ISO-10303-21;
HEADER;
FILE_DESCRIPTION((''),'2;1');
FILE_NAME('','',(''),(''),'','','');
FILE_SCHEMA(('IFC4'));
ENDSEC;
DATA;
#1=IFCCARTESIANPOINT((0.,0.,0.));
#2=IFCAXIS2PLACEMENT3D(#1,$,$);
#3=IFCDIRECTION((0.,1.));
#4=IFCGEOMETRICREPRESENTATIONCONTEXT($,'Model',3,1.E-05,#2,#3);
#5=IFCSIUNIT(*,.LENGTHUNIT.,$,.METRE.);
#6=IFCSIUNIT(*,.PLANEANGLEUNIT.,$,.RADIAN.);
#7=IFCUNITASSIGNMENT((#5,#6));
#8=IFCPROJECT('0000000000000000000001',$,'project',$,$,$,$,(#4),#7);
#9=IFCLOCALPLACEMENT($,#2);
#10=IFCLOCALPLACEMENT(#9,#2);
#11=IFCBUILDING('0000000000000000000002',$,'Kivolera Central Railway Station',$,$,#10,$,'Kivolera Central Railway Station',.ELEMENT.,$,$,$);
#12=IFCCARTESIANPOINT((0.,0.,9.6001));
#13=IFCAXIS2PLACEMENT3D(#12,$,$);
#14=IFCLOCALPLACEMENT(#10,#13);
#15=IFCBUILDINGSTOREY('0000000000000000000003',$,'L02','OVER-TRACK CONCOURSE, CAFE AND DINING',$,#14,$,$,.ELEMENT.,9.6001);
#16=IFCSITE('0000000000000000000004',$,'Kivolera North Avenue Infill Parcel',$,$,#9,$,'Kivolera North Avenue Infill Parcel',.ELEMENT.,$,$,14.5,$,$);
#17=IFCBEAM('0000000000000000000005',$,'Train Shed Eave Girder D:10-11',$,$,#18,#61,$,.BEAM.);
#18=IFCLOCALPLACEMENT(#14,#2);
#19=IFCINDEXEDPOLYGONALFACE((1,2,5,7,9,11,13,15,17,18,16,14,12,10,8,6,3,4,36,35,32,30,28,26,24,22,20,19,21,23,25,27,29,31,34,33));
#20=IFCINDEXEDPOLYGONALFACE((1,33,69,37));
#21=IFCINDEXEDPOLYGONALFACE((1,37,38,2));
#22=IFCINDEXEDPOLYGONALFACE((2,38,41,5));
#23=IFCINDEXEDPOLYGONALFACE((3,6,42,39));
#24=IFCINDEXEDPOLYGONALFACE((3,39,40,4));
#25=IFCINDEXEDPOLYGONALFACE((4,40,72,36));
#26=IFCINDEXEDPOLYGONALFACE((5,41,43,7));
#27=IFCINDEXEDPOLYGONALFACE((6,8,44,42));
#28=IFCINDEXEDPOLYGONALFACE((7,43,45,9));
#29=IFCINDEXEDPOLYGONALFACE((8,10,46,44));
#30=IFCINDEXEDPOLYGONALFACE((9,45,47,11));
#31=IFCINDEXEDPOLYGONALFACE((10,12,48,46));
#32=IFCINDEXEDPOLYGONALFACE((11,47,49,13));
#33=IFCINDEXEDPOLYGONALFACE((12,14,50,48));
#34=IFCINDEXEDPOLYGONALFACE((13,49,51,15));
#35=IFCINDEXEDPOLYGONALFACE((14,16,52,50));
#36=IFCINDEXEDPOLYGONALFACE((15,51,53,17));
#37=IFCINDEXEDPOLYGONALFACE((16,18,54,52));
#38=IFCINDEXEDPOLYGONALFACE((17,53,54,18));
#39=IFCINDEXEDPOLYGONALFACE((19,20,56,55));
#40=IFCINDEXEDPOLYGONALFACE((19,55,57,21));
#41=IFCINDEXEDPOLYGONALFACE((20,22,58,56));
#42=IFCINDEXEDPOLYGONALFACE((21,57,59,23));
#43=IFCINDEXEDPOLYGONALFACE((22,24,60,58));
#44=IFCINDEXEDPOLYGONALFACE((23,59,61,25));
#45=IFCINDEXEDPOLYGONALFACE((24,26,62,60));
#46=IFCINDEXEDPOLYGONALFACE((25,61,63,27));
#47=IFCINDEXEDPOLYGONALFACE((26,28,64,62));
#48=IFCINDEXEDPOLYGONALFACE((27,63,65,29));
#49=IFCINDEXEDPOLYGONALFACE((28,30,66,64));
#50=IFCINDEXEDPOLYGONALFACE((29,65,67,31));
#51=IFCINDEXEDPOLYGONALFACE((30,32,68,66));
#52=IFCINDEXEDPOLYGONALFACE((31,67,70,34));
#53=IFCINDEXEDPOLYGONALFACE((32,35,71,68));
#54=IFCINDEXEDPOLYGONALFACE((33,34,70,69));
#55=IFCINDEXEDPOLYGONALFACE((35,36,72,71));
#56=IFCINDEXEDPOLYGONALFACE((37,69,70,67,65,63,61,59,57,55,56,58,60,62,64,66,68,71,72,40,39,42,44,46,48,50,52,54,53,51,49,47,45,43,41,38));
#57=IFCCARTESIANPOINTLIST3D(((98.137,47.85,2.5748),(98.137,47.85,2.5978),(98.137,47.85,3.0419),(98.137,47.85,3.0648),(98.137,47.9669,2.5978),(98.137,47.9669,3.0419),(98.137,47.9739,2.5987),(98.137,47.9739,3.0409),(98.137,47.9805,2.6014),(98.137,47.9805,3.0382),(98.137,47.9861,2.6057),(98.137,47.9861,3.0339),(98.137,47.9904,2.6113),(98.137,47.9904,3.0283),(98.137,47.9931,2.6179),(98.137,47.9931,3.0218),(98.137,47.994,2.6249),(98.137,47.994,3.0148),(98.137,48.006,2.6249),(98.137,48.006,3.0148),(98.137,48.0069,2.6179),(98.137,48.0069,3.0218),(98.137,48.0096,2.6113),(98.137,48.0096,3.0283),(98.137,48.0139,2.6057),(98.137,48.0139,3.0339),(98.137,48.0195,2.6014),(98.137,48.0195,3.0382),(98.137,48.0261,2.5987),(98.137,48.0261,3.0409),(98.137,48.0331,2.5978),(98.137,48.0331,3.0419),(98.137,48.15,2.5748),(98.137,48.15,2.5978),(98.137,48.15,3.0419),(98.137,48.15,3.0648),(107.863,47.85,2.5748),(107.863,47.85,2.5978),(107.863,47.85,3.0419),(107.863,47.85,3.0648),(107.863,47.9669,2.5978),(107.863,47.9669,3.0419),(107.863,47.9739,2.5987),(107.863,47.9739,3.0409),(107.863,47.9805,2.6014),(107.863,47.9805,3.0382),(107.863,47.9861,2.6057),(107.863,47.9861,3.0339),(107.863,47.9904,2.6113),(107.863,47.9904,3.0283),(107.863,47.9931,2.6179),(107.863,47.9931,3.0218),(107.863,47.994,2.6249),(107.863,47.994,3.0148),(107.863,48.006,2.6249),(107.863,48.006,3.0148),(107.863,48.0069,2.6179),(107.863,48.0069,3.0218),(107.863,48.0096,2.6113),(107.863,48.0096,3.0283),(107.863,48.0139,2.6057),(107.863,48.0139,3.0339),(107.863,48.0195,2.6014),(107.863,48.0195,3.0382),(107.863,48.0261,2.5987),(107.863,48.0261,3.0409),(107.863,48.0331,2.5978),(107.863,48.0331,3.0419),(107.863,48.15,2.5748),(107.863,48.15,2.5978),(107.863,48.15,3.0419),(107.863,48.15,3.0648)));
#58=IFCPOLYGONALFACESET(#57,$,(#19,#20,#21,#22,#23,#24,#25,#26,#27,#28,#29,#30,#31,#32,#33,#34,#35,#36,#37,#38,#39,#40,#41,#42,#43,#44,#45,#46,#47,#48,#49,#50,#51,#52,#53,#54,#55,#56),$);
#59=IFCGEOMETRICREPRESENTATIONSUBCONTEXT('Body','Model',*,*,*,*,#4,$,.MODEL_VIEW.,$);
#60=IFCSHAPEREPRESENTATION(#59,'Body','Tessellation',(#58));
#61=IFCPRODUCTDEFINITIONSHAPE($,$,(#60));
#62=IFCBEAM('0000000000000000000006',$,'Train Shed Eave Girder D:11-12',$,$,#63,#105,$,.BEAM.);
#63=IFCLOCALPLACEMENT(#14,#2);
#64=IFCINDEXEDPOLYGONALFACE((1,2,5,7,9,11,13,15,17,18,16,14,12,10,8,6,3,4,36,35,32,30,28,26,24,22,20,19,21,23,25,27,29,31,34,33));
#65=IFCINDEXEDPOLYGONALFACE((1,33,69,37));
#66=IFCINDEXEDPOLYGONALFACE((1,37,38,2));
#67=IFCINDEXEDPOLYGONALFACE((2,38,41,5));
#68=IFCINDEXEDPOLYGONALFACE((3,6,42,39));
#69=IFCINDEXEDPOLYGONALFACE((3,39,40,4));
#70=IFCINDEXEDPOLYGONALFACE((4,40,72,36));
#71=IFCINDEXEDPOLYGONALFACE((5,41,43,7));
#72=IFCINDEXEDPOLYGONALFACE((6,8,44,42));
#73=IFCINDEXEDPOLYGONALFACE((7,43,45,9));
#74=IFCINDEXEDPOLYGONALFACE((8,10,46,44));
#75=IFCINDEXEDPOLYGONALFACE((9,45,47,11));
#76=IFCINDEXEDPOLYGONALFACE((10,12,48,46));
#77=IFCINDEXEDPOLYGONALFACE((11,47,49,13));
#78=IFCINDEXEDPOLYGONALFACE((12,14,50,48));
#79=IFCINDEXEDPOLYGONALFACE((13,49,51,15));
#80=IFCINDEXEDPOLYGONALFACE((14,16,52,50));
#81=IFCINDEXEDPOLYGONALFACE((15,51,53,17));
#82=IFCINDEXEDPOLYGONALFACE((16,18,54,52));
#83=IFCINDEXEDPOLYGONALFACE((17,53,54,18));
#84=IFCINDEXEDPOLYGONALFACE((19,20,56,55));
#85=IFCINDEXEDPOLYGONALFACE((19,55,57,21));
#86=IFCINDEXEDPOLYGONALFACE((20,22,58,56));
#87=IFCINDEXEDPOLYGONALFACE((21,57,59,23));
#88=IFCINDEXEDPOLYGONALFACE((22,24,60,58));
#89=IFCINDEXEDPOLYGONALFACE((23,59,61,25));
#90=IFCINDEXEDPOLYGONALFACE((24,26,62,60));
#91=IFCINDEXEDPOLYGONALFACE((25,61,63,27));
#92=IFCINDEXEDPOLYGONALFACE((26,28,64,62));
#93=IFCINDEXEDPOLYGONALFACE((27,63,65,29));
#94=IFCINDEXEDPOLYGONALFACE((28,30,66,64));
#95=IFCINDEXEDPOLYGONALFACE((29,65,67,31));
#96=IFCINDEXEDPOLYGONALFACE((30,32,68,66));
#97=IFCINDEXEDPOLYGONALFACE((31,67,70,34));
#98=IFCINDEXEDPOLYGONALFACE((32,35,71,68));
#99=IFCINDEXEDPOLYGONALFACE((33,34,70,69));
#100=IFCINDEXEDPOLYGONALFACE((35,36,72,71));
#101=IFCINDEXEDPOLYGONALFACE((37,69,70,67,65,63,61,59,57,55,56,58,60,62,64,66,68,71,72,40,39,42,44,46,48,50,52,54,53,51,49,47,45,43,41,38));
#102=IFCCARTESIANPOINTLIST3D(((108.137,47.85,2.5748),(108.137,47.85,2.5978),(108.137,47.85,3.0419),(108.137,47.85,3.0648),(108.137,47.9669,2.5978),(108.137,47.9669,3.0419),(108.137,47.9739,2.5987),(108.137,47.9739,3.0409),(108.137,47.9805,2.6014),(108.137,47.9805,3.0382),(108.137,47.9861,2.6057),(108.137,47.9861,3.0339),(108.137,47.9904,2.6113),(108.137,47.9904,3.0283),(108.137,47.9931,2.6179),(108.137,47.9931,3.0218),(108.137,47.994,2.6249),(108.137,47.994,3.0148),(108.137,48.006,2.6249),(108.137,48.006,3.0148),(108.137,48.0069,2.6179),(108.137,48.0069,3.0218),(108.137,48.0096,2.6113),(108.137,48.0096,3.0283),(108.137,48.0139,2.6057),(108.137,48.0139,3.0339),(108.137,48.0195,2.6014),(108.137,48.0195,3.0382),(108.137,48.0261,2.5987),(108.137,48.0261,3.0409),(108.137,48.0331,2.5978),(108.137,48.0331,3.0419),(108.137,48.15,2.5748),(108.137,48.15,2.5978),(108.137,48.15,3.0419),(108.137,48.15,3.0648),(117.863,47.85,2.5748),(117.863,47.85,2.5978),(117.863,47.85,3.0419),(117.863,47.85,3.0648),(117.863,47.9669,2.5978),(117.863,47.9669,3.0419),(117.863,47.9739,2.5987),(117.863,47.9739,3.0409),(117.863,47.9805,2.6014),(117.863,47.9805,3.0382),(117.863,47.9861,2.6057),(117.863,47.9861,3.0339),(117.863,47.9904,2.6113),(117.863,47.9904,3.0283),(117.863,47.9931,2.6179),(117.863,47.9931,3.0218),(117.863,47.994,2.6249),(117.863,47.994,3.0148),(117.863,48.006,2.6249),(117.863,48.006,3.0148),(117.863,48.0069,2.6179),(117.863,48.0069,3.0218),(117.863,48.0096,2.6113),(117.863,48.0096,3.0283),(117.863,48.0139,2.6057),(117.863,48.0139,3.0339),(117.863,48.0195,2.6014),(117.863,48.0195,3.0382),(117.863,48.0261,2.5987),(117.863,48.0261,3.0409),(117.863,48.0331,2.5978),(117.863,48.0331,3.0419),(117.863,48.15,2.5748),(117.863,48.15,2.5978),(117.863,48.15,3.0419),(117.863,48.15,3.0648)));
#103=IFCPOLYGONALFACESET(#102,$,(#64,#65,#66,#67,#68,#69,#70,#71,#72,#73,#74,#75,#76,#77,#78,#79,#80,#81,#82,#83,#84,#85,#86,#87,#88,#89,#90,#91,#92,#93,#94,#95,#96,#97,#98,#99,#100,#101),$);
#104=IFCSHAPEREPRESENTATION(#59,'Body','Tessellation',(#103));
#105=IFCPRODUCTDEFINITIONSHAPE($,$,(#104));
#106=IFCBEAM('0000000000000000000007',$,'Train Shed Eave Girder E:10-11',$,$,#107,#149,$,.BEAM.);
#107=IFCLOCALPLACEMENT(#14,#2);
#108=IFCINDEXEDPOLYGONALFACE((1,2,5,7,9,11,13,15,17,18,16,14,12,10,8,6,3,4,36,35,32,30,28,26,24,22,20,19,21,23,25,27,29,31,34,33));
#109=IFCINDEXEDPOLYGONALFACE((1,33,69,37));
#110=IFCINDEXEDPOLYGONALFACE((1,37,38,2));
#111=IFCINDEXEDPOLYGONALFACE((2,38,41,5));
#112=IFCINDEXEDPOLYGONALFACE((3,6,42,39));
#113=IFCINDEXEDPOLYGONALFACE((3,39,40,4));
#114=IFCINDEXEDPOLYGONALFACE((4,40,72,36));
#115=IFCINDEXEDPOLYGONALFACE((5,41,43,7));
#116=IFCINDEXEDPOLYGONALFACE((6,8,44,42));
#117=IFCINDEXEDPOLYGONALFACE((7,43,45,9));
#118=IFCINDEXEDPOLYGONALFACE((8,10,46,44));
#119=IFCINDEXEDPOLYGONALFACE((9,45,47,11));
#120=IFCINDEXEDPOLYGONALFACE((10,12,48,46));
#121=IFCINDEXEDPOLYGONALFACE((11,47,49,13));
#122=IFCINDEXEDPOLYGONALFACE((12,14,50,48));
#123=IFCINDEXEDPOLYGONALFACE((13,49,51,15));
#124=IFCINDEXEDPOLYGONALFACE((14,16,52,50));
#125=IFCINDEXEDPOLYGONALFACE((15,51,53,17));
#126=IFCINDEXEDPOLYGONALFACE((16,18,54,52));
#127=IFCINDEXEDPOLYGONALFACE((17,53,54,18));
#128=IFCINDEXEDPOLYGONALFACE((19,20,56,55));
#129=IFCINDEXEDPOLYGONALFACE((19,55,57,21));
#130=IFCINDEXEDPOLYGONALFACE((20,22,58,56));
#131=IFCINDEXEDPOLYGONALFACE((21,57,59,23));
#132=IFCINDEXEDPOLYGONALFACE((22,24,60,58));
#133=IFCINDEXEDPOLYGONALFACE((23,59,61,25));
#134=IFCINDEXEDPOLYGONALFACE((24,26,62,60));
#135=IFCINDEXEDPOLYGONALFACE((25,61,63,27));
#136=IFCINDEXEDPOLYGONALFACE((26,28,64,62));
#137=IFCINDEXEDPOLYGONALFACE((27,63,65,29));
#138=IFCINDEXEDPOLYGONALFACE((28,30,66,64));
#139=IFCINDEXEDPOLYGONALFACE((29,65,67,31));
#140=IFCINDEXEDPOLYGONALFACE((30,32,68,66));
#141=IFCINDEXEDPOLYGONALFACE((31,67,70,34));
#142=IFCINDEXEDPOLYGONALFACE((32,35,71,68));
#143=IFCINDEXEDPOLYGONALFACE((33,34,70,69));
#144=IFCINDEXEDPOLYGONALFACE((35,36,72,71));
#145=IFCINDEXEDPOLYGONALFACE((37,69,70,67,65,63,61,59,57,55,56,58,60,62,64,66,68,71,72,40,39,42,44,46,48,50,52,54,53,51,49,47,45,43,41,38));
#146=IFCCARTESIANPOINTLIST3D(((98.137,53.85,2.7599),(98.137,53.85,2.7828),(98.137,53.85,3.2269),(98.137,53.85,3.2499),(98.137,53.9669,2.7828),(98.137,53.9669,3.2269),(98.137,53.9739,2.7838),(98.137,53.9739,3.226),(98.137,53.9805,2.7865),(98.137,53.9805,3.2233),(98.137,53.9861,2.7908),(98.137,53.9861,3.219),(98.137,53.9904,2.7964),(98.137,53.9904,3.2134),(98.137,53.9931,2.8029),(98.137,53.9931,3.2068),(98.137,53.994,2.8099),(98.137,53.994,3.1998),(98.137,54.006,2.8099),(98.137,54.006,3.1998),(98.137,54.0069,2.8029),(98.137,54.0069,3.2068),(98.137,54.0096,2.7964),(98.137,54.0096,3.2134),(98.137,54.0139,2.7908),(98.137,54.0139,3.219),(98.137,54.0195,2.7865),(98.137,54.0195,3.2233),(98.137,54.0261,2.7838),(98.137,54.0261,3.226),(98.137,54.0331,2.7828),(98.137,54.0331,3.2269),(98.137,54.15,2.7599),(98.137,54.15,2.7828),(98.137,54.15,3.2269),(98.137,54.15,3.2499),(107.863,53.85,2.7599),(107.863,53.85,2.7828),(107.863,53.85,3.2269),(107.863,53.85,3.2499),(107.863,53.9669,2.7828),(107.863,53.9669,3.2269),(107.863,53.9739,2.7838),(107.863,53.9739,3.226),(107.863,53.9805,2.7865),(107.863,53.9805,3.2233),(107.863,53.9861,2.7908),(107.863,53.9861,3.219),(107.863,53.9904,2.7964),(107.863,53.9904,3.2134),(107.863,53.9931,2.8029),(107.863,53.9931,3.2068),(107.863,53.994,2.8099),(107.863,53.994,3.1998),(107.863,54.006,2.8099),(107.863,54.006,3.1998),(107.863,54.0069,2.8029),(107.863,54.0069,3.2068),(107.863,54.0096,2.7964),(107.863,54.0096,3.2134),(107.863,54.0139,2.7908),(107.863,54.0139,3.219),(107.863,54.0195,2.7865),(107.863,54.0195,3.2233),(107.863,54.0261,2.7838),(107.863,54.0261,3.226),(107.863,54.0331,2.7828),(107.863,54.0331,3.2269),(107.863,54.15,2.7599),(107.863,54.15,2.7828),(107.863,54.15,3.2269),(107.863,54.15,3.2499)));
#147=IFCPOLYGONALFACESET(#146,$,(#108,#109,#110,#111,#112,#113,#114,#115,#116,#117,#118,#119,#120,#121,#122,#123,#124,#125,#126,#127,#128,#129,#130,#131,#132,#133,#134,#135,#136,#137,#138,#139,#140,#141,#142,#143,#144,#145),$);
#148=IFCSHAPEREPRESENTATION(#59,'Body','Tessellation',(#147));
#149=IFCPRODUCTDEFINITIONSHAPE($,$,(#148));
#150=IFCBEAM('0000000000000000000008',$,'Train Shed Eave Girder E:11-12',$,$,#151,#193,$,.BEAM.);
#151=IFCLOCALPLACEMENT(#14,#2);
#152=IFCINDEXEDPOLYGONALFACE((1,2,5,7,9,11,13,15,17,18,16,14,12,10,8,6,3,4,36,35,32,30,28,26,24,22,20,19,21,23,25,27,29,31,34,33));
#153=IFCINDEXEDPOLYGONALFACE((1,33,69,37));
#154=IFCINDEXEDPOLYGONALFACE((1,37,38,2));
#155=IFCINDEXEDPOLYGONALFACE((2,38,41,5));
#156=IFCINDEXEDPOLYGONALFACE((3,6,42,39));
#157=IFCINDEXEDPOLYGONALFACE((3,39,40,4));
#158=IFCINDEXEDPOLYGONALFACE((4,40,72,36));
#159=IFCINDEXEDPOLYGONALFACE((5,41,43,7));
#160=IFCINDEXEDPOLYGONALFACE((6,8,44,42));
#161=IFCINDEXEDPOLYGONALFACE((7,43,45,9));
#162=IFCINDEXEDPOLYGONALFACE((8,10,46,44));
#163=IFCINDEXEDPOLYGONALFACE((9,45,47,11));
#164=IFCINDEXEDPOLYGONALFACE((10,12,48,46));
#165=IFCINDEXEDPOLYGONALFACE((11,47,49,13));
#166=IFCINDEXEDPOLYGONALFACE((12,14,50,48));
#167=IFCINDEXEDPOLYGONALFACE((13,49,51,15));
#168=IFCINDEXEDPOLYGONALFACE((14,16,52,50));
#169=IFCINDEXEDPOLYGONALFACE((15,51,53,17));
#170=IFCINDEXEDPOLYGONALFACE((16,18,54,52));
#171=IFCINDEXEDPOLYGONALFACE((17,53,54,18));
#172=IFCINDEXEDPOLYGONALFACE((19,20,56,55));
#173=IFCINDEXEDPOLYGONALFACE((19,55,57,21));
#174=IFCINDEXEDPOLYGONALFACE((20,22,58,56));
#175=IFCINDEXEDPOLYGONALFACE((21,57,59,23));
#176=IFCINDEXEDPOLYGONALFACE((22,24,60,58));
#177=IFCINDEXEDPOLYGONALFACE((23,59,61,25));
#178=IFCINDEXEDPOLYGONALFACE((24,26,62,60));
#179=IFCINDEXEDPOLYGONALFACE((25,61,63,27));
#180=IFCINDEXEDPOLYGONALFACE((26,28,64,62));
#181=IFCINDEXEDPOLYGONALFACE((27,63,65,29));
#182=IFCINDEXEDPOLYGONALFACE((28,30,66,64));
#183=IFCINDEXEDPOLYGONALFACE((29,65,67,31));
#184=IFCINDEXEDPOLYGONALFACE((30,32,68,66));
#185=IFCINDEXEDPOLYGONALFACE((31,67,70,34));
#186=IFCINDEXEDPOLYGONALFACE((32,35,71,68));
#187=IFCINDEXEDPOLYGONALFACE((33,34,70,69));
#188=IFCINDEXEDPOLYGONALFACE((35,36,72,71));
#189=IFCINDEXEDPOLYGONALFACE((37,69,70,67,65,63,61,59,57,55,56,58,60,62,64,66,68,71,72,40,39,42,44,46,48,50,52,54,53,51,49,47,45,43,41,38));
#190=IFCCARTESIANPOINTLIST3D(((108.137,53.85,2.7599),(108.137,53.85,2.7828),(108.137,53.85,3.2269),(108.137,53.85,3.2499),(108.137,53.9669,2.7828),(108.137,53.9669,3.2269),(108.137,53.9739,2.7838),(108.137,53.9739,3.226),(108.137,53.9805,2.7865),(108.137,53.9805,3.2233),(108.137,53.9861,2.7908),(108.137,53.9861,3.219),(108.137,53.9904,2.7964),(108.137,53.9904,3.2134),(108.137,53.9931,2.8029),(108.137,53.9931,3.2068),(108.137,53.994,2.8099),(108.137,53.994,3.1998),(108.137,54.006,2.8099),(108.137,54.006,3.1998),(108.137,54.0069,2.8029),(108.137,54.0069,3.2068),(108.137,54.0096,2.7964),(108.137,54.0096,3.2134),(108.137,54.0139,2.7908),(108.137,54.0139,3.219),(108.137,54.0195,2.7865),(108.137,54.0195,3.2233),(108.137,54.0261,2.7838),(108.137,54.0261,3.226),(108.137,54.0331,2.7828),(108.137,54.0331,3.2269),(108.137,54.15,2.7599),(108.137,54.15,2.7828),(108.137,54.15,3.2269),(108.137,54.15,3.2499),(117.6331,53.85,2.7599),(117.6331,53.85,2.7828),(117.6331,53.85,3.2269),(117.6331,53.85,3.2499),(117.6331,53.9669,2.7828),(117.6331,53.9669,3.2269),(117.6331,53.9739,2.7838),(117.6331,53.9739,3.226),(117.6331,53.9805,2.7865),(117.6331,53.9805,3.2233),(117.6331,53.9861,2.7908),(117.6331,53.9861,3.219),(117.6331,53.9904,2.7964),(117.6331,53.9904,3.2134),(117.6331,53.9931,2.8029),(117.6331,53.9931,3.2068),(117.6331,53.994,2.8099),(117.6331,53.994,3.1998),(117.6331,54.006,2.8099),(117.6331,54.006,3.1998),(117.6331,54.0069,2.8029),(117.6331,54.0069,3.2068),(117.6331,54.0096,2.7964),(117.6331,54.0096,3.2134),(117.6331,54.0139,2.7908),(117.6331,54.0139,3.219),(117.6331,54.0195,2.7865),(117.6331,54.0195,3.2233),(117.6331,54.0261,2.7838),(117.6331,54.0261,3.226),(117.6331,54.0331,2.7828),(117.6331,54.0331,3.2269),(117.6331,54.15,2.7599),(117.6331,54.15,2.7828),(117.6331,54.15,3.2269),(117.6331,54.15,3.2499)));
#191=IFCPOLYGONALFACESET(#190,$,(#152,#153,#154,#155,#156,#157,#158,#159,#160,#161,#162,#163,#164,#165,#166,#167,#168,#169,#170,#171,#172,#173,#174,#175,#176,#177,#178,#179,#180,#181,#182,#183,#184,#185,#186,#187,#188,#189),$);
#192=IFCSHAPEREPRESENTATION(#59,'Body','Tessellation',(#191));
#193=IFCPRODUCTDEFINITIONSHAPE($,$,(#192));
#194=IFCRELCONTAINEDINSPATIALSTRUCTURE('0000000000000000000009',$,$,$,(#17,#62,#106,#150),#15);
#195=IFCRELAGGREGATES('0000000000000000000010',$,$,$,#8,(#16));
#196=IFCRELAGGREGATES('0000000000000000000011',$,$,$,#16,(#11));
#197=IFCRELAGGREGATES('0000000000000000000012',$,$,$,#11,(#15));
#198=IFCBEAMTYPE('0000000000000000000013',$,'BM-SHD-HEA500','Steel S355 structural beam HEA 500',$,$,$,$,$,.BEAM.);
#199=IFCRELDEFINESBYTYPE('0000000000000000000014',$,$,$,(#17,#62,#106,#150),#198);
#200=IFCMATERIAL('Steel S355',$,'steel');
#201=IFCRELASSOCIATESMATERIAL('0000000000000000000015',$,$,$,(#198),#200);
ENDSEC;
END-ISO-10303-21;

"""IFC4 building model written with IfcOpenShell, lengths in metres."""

from ifc_helpers import new_model, si_unit, direction, frame, origin, origin_2d, place, context, subcontext, project, spatial, i_section, extrude, material, material_profile, profile_set, type_object, element, save


model = new_model("IFC4")

# Units and contexts
model_context = context("Model", 3, precision=1e-05, world=origin(), true_north=direction((0.0, 1.0)))
body_context = subcontext(model_context, "Body", "Model", "MODEL_VIEW")
ifc_project = project(units=[si_unit("LENGTHUNIT", "METRE"), si_unit("PLANEANGLEUNIT", "RADIAN")], contexts=[model_context])

# Site, building, storey
site_placement = place(None, origin())
site = spatial("IfcSite", under=ifc_project, at=site_placement, Name="Kivolera North Avenue Infill Parcel", LongName="Kivolera North Avenue Infill Parcel", CompositionType="ELEMENT", RefElevation=14.5)
building_placement = place(site_placement, origin())
building = spatial("IfcBuilding", under=site, at=building_placement, Name="Kivolera Central Railway Station", LongName="Kivolera Central Railway Station", CompositionType="ELEMENT")
storey_placement = place(building_placement, frame((0.0, 0.0, 9.6001)))
storey = spatial("IfcBuildingStorey", under=building, at=storey_placement, Name="L02", Description="OVER-TRACK CONCOURSE, CAFE AND DINING", CompositionType="ELEMENT", Elevation=9.6001)

# Shared definitions
ifc_material_1 = material(Name="Steel S355", Category="steel")

# Beams
ifc_material_profile_1 = material_profile(ifc_material_1, i_section(OverallWidth=0.3, OverallDepth=0.49, WebThickness=0.012, FlangeThickness=0.0229, FilletRadius=0.0271, at=origin_2d()), Name="HEA 500")
ifc_profile_set_1 = profile_set([ifc_material_profile_1], Name="Steel S355")
beam_type_1 = type_object("IfcBeamType", Name="BM-SHD-HEA500", Description="Steel S355 structural beam HEA 500", PredefinedType="BEAM", material=ifc_profile_set_1)
for number, where, z_axis, x_axis, name in (
    (1, (98.137, 48.0, 2.8198), (1.0, 0.0, 0.0), (0.0, 1.0, 0.0), "Train Shed Eave Girder D:10-11"),
    (2, (108.137, 48.0, 2.8198), (1.0, 0.0, 0.0), (0.0, 1.0, 0.0), "Train Shed Eave Girder D:11-12"),
    (3, (98.137, 54.0, 3.0049), (1.0, 0.0, 0.0), (0.0, 1.0, 0.0), "Train Shed Eave Girder E:10-11"),
):
    element("IfcBeam", number, at=place(storey_placement, frame(where, z_axis=z_axis, x_axis=x_axis)), inside=storey, type_object=beam_type_1, Name=name, PredefinedType="BEAM", context=body_context, shape_type="SweptSolid", body=[
        extrude(i_section(OverallWidth=0.3, OverallDepth=0.49, WebThickness=0.012, FlangeThickness=0.0229, FilletRadius=0.0271, at=origin_2d()), origin(), (0.0, 0.0, 1.0), 9.7261),
    ])
beam_1_placement = place(storey_placement, frame((108.137, 54.0, 3.0049), z_axis=(1.0, 0.0, 0.0), x_axis=(0.0, 1.0, 0.0)))
element("IfcBeam", 4, at=beam_1_placement, inside=storey, type_object=beam_type_1, Name="Train Shed Eave Girder E:11-12", PredefinedType="BEAM", context=body_context, shape_type="SweptSolid", body=[
    extrude(i_section(OverallWidth=0.3, OverallDepth=0.49, WebThickness=0.012, FlangeThickness=0.0229, FilletRadius=0.0271, at=origin_2d()), origin(), (0.0, 0.0, 1.0), 9.4961),
])

save(model, "model.ifc")
